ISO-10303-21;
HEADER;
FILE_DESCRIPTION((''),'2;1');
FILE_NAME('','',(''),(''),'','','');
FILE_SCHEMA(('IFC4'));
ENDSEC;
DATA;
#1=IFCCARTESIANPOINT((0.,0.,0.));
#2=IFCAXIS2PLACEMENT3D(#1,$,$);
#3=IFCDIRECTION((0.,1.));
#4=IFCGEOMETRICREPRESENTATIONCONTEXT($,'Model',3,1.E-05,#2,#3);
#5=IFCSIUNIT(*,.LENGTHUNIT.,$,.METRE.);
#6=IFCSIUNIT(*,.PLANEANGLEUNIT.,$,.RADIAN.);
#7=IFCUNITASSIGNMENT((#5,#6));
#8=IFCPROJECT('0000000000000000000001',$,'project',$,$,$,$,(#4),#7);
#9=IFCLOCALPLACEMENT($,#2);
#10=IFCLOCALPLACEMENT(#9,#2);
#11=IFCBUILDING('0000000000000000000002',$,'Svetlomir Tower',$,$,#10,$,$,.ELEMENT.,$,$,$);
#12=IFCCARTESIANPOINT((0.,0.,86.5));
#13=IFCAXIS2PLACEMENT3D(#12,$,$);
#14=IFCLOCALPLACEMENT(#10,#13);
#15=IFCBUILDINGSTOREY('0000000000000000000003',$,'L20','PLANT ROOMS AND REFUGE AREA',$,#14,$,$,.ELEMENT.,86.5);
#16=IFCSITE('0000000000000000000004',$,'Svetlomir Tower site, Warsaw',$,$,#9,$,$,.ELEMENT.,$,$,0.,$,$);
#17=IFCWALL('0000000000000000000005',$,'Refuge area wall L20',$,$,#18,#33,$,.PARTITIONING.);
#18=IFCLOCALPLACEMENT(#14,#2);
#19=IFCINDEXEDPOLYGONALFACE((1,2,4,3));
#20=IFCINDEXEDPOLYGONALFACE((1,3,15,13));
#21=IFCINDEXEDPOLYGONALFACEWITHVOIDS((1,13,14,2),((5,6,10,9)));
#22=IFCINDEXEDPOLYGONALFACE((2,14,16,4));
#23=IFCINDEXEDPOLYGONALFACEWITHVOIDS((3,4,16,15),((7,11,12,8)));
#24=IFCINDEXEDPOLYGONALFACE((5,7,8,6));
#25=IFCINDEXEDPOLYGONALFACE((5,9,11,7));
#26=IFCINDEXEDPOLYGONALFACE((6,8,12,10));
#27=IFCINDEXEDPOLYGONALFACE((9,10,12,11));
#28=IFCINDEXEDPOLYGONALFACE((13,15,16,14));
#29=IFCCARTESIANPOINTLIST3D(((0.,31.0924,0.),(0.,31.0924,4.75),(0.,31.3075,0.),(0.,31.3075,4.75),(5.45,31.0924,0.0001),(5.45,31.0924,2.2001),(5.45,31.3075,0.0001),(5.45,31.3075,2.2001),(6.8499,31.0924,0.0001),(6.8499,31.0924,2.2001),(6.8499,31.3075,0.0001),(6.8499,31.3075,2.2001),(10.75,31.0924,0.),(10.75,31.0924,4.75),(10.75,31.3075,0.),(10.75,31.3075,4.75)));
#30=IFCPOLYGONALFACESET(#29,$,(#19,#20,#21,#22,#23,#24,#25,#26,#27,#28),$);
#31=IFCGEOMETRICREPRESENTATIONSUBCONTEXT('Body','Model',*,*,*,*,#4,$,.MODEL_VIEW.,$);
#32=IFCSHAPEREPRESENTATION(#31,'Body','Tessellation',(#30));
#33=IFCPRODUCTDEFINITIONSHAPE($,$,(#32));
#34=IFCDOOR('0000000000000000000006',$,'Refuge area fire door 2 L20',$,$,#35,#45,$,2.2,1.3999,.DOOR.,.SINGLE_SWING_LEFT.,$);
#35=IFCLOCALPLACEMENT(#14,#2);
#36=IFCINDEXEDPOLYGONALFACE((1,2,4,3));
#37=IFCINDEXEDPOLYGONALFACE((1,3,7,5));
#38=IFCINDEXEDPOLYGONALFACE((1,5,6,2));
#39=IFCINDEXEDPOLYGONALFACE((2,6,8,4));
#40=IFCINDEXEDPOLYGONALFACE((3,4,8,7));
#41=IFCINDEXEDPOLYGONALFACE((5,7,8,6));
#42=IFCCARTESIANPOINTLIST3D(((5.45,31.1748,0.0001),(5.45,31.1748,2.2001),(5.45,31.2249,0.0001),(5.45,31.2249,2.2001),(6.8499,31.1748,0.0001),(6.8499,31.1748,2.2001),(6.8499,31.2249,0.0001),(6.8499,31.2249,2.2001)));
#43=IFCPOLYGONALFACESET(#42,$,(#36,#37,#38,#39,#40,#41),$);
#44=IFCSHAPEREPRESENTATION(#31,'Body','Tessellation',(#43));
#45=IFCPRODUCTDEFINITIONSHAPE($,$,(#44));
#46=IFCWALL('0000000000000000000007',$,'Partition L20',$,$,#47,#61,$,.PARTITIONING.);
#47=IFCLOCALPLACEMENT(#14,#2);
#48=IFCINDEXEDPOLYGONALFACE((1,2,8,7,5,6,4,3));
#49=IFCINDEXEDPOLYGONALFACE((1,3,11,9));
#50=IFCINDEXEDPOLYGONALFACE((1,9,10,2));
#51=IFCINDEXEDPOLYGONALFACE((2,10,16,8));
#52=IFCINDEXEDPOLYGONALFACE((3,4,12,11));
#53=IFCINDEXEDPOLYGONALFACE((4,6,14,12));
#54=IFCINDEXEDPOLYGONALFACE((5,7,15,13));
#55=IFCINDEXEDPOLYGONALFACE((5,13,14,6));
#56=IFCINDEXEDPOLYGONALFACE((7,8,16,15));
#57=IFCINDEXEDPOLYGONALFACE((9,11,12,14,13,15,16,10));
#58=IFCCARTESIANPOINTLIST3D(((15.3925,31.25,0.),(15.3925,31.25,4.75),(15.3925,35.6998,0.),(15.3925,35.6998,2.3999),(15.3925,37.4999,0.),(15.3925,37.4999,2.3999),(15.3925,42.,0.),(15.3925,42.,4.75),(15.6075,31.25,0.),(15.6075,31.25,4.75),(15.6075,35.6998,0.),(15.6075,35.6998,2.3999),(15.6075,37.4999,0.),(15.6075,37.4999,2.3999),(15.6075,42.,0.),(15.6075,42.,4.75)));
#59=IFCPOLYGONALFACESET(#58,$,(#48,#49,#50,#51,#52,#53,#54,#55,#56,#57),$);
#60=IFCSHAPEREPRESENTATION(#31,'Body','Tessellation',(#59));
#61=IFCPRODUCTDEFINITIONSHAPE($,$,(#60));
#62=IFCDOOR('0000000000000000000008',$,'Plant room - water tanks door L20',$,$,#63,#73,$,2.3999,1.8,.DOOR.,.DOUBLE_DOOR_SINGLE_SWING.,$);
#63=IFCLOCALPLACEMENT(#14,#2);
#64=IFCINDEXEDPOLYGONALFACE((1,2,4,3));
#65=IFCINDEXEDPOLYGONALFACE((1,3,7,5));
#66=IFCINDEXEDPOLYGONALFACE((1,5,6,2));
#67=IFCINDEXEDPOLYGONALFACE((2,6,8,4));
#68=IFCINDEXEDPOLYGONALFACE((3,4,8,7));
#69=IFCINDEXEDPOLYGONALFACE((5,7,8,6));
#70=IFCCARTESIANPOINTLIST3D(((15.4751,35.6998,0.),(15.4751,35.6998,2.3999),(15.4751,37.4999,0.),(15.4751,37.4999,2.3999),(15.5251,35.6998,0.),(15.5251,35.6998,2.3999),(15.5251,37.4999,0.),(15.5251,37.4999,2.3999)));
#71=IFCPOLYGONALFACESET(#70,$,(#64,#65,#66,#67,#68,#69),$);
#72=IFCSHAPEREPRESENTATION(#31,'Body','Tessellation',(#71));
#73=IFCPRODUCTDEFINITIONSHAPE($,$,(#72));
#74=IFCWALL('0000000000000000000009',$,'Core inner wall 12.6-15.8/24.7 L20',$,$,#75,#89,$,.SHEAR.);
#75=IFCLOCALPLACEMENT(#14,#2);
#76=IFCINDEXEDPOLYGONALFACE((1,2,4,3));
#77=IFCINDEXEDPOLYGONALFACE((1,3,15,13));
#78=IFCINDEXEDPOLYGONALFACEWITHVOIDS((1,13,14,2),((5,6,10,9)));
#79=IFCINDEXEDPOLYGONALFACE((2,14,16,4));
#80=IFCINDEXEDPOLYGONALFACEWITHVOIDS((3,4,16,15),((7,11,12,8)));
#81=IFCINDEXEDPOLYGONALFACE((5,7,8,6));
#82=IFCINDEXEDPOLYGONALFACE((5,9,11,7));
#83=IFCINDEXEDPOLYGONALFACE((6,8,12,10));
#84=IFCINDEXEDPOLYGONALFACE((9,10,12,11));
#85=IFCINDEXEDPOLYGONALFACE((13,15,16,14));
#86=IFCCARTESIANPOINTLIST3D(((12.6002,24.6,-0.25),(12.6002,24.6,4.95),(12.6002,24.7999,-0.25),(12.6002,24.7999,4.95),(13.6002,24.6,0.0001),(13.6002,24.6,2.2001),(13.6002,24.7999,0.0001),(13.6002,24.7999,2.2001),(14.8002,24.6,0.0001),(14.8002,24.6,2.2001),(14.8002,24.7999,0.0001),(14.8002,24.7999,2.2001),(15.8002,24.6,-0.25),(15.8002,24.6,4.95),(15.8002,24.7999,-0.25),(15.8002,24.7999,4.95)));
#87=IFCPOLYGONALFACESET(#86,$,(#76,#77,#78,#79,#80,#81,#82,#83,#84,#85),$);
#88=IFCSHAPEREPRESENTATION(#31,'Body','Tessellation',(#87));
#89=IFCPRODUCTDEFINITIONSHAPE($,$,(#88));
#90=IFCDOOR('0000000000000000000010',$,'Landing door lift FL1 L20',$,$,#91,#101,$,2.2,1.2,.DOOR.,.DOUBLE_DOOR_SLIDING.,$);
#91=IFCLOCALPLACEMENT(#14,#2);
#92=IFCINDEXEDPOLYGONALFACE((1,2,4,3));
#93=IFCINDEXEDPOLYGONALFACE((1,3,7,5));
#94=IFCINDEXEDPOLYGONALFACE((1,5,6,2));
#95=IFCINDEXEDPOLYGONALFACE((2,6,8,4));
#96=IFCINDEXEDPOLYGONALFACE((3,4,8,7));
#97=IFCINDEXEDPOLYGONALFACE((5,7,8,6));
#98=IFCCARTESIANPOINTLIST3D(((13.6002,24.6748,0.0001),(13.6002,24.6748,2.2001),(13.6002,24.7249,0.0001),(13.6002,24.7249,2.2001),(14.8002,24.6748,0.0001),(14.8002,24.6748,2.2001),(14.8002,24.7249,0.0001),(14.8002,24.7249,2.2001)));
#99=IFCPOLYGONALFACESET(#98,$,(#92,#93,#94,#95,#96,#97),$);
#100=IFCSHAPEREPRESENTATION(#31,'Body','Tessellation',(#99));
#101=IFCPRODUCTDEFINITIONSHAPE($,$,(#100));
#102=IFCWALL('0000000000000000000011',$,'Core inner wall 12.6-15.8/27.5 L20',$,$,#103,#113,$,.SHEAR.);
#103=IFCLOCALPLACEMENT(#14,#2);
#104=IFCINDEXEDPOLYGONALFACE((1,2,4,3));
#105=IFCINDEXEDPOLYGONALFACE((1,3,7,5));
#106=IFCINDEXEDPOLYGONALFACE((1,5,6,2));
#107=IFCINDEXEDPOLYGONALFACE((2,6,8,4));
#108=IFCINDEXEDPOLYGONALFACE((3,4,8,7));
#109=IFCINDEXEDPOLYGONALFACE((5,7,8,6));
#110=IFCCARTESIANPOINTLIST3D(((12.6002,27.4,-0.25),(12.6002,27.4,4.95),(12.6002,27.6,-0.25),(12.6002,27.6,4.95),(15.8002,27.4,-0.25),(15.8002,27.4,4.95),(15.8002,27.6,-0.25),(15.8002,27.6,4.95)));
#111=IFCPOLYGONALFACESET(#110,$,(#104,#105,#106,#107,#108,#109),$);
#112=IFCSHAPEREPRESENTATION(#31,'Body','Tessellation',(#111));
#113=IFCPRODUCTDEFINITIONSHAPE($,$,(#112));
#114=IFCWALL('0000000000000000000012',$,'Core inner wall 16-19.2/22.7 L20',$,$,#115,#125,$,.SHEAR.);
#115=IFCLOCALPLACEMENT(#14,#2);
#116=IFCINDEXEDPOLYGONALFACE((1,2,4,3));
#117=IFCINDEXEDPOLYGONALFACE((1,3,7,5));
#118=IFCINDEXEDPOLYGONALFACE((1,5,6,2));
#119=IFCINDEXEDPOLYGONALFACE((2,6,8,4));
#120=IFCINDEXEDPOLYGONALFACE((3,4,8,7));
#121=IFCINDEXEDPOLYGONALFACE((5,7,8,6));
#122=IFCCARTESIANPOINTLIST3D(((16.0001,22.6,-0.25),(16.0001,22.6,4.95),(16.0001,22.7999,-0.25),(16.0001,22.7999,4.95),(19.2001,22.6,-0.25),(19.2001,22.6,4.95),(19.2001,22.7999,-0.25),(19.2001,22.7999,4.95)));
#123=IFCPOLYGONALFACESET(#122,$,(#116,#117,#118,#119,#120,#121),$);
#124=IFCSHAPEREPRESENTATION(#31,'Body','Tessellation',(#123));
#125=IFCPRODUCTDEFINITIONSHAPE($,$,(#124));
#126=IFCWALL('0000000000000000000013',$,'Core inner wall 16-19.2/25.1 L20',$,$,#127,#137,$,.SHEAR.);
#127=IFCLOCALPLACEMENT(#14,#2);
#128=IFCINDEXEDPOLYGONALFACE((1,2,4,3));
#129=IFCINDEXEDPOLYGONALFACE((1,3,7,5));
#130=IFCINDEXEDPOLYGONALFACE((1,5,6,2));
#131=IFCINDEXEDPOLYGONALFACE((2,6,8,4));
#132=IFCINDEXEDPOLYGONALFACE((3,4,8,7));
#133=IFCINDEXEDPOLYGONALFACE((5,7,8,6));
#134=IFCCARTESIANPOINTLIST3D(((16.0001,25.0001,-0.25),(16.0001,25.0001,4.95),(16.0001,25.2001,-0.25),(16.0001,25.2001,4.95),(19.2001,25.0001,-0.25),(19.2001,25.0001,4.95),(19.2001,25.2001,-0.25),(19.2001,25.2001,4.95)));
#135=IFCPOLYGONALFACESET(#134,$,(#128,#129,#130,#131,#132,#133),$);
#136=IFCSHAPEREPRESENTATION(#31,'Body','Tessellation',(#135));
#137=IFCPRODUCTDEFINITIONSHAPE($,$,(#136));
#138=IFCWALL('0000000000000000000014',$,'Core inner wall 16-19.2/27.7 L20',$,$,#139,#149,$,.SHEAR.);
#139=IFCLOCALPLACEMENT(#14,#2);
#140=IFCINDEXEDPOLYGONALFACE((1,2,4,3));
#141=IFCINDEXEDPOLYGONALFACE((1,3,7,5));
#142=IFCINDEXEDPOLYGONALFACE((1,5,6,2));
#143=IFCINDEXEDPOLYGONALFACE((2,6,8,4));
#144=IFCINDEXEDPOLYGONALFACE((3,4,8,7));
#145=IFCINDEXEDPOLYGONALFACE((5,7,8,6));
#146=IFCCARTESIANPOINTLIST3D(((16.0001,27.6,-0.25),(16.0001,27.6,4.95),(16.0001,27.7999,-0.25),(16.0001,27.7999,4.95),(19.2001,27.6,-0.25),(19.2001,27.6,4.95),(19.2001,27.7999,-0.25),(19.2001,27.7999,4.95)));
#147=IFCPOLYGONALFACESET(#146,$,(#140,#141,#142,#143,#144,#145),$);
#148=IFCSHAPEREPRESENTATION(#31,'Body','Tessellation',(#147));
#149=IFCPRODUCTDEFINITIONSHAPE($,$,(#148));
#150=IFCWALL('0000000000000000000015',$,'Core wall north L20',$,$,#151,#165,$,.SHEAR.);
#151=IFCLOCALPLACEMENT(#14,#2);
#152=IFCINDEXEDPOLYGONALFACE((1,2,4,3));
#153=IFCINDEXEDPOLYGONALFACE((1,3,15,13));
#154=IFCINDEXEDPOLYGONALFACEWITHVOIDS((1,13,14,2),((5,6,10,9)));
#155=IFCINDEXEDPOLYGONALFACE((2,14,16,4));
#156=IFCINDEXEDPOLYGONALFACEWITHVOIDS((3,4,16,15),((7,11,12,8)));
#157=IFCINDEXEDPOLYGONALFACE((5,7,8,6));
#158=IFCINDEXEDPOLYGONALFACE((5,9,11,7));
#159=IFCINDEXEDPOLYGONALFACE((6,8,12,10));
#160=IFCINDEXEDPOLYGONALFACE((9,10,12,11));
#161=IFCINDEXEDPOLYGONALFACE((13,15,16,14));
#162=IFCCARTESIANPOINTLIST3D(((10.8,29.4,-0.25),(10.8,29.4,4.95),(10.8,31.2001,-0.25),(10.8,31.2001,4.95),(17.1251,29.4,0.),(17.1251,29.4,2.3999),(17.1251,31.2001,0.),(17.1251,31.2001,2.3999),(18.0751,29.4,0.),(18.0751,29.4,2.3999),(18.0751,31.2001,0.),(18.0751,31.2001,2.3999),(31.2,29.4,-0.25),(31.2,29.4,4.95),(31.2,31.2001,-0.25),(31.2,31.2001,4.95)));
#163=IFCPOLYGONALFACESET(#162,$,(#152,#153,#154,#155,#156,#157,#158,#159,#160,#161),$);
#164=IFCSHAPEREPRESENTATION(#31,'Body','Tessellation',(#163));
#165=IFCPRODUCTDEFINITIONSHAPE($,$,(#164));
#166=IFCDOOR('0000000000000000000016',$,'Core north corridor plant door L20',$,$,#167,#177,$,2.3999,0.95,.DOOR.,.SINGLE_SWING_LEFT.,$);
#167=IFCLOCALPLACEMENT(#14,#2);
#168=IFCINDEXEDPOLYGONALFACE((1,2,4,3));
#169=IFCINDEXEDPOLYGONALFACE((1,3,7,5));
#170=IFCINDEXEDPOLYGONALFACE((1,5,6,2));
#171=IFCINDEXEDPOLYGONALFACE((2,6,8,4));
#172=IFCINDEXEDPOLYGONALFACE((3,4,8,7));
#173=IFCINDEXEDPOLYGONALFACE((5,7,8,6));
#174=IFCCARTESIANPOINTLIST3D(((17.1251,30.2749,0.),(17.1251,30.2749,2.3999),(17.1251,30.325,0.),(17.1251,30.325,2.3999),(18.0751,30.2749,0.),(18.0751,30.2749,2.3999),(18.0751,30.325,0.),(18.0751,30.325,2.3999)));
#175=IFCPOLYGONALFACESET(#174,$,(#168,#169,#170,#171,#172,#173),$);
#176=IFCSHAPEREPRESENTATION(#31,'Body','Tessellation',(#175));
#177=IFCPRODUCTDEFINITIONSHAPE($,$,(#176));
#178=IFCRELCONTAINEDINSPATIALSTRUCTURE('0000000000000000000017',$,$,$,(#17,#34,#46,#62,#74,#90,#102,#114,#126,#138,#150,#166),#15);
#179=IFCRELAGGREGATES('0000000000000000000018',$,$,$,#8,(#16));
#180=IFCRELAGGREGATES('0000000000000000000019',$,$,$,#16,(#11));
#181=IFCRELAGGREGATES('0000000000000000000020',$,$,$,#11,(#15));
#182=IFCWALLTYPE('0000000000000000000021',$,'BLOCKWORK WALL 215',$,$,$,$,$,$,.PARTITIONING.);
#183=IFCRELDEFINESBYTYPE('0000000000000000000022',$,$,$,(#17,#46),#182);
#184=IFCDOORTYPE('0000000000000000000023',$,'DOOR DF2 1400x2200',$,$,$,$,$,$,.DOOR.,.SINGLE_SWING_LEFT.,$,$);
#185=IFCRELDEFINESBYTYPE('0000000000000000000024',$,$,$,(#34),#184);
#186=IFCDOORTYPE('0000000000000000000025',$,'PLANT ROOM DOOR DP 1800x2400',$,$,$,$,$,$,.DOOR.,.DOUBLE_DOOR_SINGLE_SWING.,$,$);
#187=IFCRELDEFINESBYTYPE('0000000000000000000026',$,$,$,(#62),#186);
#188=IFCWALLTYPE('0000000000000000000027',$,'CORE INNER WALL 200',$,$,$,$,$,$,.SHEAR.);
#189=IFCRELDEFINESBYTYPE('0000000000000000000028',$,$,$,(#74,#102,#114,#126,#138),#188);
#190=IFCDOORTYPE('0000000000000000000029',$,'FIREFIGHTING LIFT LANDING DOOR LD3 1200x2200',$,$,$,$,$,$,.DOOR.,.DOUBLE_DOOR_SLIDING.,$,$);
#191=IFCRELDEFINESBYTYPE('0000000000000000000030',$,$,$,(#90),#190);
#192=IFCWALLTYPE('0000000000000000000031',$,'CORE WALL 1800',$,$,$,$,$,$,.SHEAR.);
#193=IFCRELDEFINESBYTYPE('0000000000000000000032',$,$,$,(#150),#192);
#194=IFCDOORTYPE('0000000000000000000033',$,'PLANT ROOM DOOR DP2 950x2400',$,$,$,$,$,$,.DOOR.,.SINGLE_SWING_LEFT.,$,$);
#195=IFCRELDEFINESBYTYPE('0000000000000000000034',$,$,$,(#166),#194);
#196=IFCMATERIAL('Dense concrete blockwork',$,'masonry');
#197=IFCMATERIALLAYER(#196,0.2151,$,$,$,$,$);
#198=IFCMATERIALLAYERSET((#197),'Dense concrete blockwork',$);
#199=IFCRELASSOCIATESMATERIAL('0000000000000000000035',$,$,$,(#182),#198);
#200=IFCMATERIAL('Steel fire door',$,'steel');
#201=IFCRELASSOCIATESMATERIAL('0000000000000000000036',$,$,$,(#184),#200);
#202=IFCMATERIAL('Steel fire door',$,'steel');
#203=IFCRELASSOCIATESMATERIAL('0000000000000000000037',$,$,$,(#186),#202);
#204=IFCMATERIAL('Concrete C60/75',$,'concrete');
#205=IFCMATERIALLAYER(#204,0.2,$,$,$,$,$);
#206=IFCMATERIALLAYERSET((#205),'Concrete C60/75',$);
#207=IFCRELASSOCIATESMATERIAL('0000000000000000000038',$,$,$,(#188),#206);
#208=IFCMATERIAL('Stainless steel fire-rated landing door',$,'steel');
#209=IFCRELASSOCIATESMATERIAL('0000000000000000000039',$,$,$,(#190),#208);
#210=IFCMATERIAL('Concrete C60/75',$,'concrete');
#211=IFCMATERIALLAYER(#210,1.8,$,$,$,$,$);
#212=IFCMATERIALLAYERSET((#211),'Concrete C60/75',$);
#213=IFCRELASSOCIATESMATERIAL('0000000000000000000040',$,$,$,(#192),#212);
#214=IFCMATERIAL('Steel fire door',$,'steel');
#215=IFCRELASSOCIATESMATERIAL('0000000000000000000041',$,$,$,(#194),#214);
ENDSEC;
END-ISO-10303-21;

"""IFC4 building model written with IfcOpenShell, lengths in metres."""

from ifc_helpers import new_model, si_unit, direction, frame, frame_2d, origin, place, context, subcontext, project, spatial, rectangle, extrude, material, layer, layer_set, type_object, element, fill, save


model = new_model("IFC4")

# Units and contexts
model_context = context("Model", 3, precision=1e-05, world=origin(), true_north=direction((0.0, 1.0)))
body_context = subcontext(model_context, "Body", "Model", "MODEL_VIEW")
ifc_project = project(units=[si_unit("LENGTHUNIT", "METRE"), si_unit("PLANEANGLEUNIT", "RADIAN")], contexts=[model_context])

# Site, building, storey
site_placement = place(None, origin())
site = spatial("IfcSite", under=ifc_project, at=site_placement, Name="Svetlomir Tower site, Warsaw", CompositionType="ELEMENT", RefElevation=0.0)
building_placement = place(site_placement, origin())
building = spatial("IfcBuilding", under=site, at=building_placement, Name="Svetlomir Tower", CompositionType="ELEMENT")
storey_placement = place(building_placement, frame((0.0, 0.0, 86.5)))
storey = spatial("IfcBuildingStorey", under=building, at=storey_placement, Name="L20", Description="PLANT ROOMS AND REFUGE AREA", CompositionType="ELEMENT", Elevation=86.5)

# Walls, openings, doors
ifc_material_1 = material(Name="Dense concrete blockwork", Category="masonry")
ifc_layer_1 = layer(ifc_material_1, 0.2151)
ifc_layer_set_1 = layer_set([ifc_layer_1], Name="Dense concrete blockwork")
wall_type_1 = type_object("IfcWallType", Name="BLOCKWORK WALL 215", PredefinedType="PARTITIONING", material=ifc_layer_set_1)
wall_1_placement = place(storey_placement, frame((0.0, 31.2, 0.0), z_axis=(0.0, 0.0, 1.0), x_axis=(1.0, 0.0, 0.0)))
wall_1 = element("IfcWall", 1, at=wall_1_placement, inside=storey, type_object=wall_type_1, Name="Refuge area wall L20", PredefinedType="PARTITIONING", context=body_context, shape_type="SweptSolid", body=[
    extrude(rectangle(XDim=10.75, YDim=0.2151, at=frame_2d((5.375, 0.0))), origin(), (0.0, 0.0, 1.0), 4.75),
])
opening_1_placement = place(wall_1_placement, frame((5.45, 0.0, 0.0)))
opening_1 = element("IfcOpeningElement", 2, at=opening_1_placement, cuts=wall_1, PredefinedType="OPENING", context=body_context, shape_type="SweptSolid", body=[
    extrude(rectangle(XDim=1.3999, YDim=2.2, at=frame_2d((0.7, 1.1001))), frame((0.0, 0.1177, 0.0), z_axis=(0.0, -1.0, 0.0), x_axis=(1.0, 0.0, 0.0)), (0.0, 0.0, 1.0), 0.2351),
])
ifc_material_2 = material(Name="Steel fire door", Category="steel")
door_type_1 = type_object("IfcDoorType", Name="DOOR DF2 1400x2200", OperationType="SINGLE_SWING_LEFT", PredefinedType="DOOR", material=ifc_material_2)
door_1_placement = place(opening_1_placement, origin())
door_1 = element("IfcDoor", 3, at=door_1_placement, inside=storey, type_object=door_type_1, Name="Refuge area fire door 2 L20", OperationType="SINGLE_SWING_LEFT", OverallHeight=2.2, OverallWidth=1.3999, PredefinedType="DOOR", context=body_context, shape_type="SweptSolid", body=[
    extrude(rectangle(XDim=1.3999, YDim=2.2, at=frame_2d((0.7, 1.1001))), frame((0.0, 0.0249, 0.0), z_axis=(0.0, -1.0, 0.0), x_axis=(1.0, 0.0, 0.0)), (0.0, 0.0, 1.0), 0.05),
])
fill(opening_1, door_1)
wall_2_placement = place(storey_placement, frame((15.5, 31.25, 0.0), z_axis=(0.0, 0.0, 1.0), x_axis=(0.0, 1.0, 0.0)))
wall_2 = element("IfcWall", 4, at=wall_2_placement, inside=storey, type_object=wall_type_1, Name="Partition L20", PredefinedType="PARTITIONING", context=body_context, shape_type="SweptSolid", body=[
    extrude(rectangle(XDim=10.75, YDim=0.2151, at=frame_2d((5.375, 0.0))), origin(), (0.0, 0.0, 1.0), 4.75),
])
opening_2_placement = place(wall_2_placement, frame((4.45, 0.0, 0.0)))
opening_2 = element("IfcOpeningElement", 5, at=opening_2_placement, cuts=wall_2, PredefinedType="OPENING", context=body_context, shape_type="SweptSolid", body=[
    extrude(rectangle(XDim=1.8, YDim=2.3999, at=frame_2d((0.8999, 1.2))), frame((0.0, 0.1177, 0.0), z_axis=(0.0, -1.0, 0.0), x_axis=(1.0, 0.0, 0.0)), (0.0, 0.0, 1.0), 0.2351),
])
ifc_material_3 = material(Name="Steel fire door", Category="steel")
door_type_2 = type_object("IfcDoorType", Name="PLANT ROOM DOOR DP 1800x2400", OperationType="DOUBLE_DOOR_SINGLE_SWING", PredefinedType="DOOR", material=ifc_material_3)
door_2_placement = place(opening_2_placement, origin())
door_2 = element("IfcDoor", 6, at=door_2_placement, inside=storey, type_object=door_type_2, Name="Plant room - water tanks door L20", OperationType="DOUBLE_DOOR_SINGLE_SWING", OverallHeight=2.3999, OverallWidth=1.8, PredefinedType="DOOR", context=body_context, shape_type="SweptSolid", body=[
    extrude(rectangle(XDim=1.8, YDim=2.3999, at=frame_2d((0.8999, 1.2))), frame((0.0, 0.0249, 0.0), z_axis=(0.0, -1.0, 0.0), x_axis=(1.0, 0.0, 0.0)), (0.0, 0.0, 1.0), 0.05),
])
fill(opening_2, door_2)
ifc_material_4 = material(Name="Concrete C60/75", Category="concrete")
ifc_layer_2 = layer(ifc_material_4, 0.2)
ifc_layer_set_2 = layer_set([ifc_layer_2], Name="Concrete C60/75")
wall_type_2 = type_object("IfcWallType", Name="CORE INNER WALL 200", PredefinedType="SHEAR", material=ifc_layer_set_2)
wall_3_placement = place(storey_placement, frame((12.6001, 24.7, -0.25), z_axis=(0.0, 0.0, 1.0), x_axis=(1.0, 0.0, 0.0)))
wall_3 = element("IfcWall", 7, at=wall_3_placement, inside=storey, type_object=wall_type_2, Name="Core inner wall 12.6-15.8/24.7 L20", PredefinedType="SHEAR", context=body_context, shape_type="SweptSolid", body=[
    extrude(rectangle(XDim=3.2, YDim=0.2, at=frame_2d((1.6001, 0.0))), origin(), (0.0, 0.0, 1.0), 5.2),
])
opening_3_placement = place(wall_3_placement, frame((1.0, 0.0, 0.25)))
opening_3 = element("IfcOpeningElement", 8, at=opening_3_placement, cuts=wall_3, PredefinedType="OPENING", context=body_context, shape_type="SweptSolid", body=[
    extrude(rectangle(XDim=1.2, YDim=2.2, at=frame_2d((0.6001, 1.1001))), frame((0.0, 0.1099, 0.0), z_axis=(0.0, -1.0, 0.0), x_axis=(1.0, 0.0, 0.0)), (0.0, 0.0, 1.0), 0.22),
])
ifc_material_5 = material(Name="Stainless steel fire-rated landing door", Category="steel")
door_type_3 = type_object("IfcDoorType", Name="FIREFIGHTING LIFT LANDING DOOR LD3 1200x2200", OperationType="DOUBLE_DOOR_SLIDING", PredefinedType="DOOR", material=ifc_material_5)
door_3_placement = place(opening_3_placement, origin())
door_3 = element("IfcDoor", 9, at=door_3_placement, inside=storey, type_object=door_type_3, Name="Landing door lift FL1 L20", OperationType="DOUBLE_DOOR_SLIDING", OverallHeight=2.2, OverallWidth=1.2, PredefinedType="DOOR", context=body_context, shape_type="SweptSolid", body=[
    extrude(rectangle(XDim=1.2, YDim=2.2, at=frame_2d((0.6001, 1.1001))), frame((0.0, 0.0249, 0.0), z_axis=(0.0, -1.0, 0.0), x_axis=(1.0, 0.0, 0.0)), (0.0, 0.0, 1.0), 0.05),
])
fill(opening_3, door_3)

# Walls
for number, where, z_axis, x_axis, name in (
    (10, (12.6001, 27.5, -0.25), (0.0, 0.0, 1.0), (1.0, 0.0, 0.0), "Core inner wall 12.6-15.8/27.5 L20"),
    (11, (16.0, 22.7, -0.25), (0.0, 0.0, 1.0), (1.0, 0.0, 0.0), "Core inner wall 16-19.2/22.7 L20"),
    (12, (16.0, 25.1001, -0.25), (0.0, 0.0, 1.0), (1.0, 0.0, 0.0), "Core inner wall 16-19.2/25.1 L20"),
    (13, (16.0, 27.7, -0.25), (0.0, 0.0, 1.0), (1.0, 0.0, 0.0), "Core inner wall 16-19.2/27.7 L20"),
):
    element("IfcWall", number, at=place(storey_placement, frame(where, z_axis=z_axis, x_axis=x_axis)), inside=storey, type_object=wall_type_2, Name=name, PredefinedType="SHEAR", context=body_context, shape_type="SweptSolid", body=[
        extrude(rectangle(XDim=3.2, YDim=0.2, at=frame_2d((1.6001, 0.0))), origin(), (0.0, 0.0, 1.0), 5.2),
    ])

# Wall, opening, door
ifc_material_6 = material(Name="Concrete C60/75", Category="concrete")
ifc_layer_3 = layer(ifc_material_6, 1.8)
ifc_layer_set_3 = layer_set([ifc_layer_3], Name="Concrete C60/75")
wall_type_3 = type_object("IfcWallType", Name="CORE WALL 1800", PredefinedType="SHEAR", material=ifc_layer_set_3)
wall_4_placement = place(storey_placement, frame((10.8, 30.3, -0.25), z_axis=(0.0, 0.0, 1.0), x_axis=(1.0, 0.0, 0.0)))
wall_4 = element("IfcWall", 14, at=wall_4_placement, inside=storey, type_object=wall_type_3, Name="Core wall north L20", PredefinedType="SHEAR", context=body_context, shape_type="SweptSolid", body=[
    extrude(rectangle(XDim=20.3999, YDim=1.8, at=frame_2d((10.2, 0.0))), origin(), (0.0, 0.0, 1.0), 5.2),
])
opening_4_placement = place(wall_4_placement, frame((6.325, 0.0, 0.25)))
opening_4 = element("IfcOpeningElement", 15, at=opening_4_placement, cuts=wall_4, PredefinedType="OPENING", context=body_context, shape_type="SweptSolid", body=[
    extrude(rectangle(XDim=0.95, YDim=2.3999, at=frame_2d((0.4751, 1.2))), frame((0.0, 0.9102, 0.0), z_axis=(0.0, -1.0, 0.0), x_axis=(1.0, 0.0, 0.0)), (0.0, 0.0, 1.0), 1.8201),
])
ifc_material_7 = material(Name="Steel fire door", Category="steel")
door_type_4 = type_object("IfcDoorType", Name="PLANT ROOM DOOR DP2 950x2400", OperationType="SINGLE_SWING_LEFT", PredefinedType="DOOR", material=ifc_material_7)
door_4_placement = place(opening_4_placement, origin())
door_4 = element("IfcDoor", 16, at=door_4_placement, inside=storey, type_object=door_type_4, Name="Core north corridor plant door L20", OperationType="SINGLE_SWING_LEFT", OverallHeight=2.3999, OverallWidth=0.95, PredefinedType="DOOR", context=body_context, shape_type="SweptSolid", body=[
    extrude(rectangle(XDim=0.95, YDim=2.3999, at=frame_2d((0.4751, 1.2))), frame((0.0, 0.0249, 0.0), z_axis=(0.0, -1.0, 0.0), x_axis=(1.0, 0.0, 0.0)), (0.0, 0.0, 1.0), 0.05),
])
fill(opening_4, door_4)

save(model, "model.ifc")
